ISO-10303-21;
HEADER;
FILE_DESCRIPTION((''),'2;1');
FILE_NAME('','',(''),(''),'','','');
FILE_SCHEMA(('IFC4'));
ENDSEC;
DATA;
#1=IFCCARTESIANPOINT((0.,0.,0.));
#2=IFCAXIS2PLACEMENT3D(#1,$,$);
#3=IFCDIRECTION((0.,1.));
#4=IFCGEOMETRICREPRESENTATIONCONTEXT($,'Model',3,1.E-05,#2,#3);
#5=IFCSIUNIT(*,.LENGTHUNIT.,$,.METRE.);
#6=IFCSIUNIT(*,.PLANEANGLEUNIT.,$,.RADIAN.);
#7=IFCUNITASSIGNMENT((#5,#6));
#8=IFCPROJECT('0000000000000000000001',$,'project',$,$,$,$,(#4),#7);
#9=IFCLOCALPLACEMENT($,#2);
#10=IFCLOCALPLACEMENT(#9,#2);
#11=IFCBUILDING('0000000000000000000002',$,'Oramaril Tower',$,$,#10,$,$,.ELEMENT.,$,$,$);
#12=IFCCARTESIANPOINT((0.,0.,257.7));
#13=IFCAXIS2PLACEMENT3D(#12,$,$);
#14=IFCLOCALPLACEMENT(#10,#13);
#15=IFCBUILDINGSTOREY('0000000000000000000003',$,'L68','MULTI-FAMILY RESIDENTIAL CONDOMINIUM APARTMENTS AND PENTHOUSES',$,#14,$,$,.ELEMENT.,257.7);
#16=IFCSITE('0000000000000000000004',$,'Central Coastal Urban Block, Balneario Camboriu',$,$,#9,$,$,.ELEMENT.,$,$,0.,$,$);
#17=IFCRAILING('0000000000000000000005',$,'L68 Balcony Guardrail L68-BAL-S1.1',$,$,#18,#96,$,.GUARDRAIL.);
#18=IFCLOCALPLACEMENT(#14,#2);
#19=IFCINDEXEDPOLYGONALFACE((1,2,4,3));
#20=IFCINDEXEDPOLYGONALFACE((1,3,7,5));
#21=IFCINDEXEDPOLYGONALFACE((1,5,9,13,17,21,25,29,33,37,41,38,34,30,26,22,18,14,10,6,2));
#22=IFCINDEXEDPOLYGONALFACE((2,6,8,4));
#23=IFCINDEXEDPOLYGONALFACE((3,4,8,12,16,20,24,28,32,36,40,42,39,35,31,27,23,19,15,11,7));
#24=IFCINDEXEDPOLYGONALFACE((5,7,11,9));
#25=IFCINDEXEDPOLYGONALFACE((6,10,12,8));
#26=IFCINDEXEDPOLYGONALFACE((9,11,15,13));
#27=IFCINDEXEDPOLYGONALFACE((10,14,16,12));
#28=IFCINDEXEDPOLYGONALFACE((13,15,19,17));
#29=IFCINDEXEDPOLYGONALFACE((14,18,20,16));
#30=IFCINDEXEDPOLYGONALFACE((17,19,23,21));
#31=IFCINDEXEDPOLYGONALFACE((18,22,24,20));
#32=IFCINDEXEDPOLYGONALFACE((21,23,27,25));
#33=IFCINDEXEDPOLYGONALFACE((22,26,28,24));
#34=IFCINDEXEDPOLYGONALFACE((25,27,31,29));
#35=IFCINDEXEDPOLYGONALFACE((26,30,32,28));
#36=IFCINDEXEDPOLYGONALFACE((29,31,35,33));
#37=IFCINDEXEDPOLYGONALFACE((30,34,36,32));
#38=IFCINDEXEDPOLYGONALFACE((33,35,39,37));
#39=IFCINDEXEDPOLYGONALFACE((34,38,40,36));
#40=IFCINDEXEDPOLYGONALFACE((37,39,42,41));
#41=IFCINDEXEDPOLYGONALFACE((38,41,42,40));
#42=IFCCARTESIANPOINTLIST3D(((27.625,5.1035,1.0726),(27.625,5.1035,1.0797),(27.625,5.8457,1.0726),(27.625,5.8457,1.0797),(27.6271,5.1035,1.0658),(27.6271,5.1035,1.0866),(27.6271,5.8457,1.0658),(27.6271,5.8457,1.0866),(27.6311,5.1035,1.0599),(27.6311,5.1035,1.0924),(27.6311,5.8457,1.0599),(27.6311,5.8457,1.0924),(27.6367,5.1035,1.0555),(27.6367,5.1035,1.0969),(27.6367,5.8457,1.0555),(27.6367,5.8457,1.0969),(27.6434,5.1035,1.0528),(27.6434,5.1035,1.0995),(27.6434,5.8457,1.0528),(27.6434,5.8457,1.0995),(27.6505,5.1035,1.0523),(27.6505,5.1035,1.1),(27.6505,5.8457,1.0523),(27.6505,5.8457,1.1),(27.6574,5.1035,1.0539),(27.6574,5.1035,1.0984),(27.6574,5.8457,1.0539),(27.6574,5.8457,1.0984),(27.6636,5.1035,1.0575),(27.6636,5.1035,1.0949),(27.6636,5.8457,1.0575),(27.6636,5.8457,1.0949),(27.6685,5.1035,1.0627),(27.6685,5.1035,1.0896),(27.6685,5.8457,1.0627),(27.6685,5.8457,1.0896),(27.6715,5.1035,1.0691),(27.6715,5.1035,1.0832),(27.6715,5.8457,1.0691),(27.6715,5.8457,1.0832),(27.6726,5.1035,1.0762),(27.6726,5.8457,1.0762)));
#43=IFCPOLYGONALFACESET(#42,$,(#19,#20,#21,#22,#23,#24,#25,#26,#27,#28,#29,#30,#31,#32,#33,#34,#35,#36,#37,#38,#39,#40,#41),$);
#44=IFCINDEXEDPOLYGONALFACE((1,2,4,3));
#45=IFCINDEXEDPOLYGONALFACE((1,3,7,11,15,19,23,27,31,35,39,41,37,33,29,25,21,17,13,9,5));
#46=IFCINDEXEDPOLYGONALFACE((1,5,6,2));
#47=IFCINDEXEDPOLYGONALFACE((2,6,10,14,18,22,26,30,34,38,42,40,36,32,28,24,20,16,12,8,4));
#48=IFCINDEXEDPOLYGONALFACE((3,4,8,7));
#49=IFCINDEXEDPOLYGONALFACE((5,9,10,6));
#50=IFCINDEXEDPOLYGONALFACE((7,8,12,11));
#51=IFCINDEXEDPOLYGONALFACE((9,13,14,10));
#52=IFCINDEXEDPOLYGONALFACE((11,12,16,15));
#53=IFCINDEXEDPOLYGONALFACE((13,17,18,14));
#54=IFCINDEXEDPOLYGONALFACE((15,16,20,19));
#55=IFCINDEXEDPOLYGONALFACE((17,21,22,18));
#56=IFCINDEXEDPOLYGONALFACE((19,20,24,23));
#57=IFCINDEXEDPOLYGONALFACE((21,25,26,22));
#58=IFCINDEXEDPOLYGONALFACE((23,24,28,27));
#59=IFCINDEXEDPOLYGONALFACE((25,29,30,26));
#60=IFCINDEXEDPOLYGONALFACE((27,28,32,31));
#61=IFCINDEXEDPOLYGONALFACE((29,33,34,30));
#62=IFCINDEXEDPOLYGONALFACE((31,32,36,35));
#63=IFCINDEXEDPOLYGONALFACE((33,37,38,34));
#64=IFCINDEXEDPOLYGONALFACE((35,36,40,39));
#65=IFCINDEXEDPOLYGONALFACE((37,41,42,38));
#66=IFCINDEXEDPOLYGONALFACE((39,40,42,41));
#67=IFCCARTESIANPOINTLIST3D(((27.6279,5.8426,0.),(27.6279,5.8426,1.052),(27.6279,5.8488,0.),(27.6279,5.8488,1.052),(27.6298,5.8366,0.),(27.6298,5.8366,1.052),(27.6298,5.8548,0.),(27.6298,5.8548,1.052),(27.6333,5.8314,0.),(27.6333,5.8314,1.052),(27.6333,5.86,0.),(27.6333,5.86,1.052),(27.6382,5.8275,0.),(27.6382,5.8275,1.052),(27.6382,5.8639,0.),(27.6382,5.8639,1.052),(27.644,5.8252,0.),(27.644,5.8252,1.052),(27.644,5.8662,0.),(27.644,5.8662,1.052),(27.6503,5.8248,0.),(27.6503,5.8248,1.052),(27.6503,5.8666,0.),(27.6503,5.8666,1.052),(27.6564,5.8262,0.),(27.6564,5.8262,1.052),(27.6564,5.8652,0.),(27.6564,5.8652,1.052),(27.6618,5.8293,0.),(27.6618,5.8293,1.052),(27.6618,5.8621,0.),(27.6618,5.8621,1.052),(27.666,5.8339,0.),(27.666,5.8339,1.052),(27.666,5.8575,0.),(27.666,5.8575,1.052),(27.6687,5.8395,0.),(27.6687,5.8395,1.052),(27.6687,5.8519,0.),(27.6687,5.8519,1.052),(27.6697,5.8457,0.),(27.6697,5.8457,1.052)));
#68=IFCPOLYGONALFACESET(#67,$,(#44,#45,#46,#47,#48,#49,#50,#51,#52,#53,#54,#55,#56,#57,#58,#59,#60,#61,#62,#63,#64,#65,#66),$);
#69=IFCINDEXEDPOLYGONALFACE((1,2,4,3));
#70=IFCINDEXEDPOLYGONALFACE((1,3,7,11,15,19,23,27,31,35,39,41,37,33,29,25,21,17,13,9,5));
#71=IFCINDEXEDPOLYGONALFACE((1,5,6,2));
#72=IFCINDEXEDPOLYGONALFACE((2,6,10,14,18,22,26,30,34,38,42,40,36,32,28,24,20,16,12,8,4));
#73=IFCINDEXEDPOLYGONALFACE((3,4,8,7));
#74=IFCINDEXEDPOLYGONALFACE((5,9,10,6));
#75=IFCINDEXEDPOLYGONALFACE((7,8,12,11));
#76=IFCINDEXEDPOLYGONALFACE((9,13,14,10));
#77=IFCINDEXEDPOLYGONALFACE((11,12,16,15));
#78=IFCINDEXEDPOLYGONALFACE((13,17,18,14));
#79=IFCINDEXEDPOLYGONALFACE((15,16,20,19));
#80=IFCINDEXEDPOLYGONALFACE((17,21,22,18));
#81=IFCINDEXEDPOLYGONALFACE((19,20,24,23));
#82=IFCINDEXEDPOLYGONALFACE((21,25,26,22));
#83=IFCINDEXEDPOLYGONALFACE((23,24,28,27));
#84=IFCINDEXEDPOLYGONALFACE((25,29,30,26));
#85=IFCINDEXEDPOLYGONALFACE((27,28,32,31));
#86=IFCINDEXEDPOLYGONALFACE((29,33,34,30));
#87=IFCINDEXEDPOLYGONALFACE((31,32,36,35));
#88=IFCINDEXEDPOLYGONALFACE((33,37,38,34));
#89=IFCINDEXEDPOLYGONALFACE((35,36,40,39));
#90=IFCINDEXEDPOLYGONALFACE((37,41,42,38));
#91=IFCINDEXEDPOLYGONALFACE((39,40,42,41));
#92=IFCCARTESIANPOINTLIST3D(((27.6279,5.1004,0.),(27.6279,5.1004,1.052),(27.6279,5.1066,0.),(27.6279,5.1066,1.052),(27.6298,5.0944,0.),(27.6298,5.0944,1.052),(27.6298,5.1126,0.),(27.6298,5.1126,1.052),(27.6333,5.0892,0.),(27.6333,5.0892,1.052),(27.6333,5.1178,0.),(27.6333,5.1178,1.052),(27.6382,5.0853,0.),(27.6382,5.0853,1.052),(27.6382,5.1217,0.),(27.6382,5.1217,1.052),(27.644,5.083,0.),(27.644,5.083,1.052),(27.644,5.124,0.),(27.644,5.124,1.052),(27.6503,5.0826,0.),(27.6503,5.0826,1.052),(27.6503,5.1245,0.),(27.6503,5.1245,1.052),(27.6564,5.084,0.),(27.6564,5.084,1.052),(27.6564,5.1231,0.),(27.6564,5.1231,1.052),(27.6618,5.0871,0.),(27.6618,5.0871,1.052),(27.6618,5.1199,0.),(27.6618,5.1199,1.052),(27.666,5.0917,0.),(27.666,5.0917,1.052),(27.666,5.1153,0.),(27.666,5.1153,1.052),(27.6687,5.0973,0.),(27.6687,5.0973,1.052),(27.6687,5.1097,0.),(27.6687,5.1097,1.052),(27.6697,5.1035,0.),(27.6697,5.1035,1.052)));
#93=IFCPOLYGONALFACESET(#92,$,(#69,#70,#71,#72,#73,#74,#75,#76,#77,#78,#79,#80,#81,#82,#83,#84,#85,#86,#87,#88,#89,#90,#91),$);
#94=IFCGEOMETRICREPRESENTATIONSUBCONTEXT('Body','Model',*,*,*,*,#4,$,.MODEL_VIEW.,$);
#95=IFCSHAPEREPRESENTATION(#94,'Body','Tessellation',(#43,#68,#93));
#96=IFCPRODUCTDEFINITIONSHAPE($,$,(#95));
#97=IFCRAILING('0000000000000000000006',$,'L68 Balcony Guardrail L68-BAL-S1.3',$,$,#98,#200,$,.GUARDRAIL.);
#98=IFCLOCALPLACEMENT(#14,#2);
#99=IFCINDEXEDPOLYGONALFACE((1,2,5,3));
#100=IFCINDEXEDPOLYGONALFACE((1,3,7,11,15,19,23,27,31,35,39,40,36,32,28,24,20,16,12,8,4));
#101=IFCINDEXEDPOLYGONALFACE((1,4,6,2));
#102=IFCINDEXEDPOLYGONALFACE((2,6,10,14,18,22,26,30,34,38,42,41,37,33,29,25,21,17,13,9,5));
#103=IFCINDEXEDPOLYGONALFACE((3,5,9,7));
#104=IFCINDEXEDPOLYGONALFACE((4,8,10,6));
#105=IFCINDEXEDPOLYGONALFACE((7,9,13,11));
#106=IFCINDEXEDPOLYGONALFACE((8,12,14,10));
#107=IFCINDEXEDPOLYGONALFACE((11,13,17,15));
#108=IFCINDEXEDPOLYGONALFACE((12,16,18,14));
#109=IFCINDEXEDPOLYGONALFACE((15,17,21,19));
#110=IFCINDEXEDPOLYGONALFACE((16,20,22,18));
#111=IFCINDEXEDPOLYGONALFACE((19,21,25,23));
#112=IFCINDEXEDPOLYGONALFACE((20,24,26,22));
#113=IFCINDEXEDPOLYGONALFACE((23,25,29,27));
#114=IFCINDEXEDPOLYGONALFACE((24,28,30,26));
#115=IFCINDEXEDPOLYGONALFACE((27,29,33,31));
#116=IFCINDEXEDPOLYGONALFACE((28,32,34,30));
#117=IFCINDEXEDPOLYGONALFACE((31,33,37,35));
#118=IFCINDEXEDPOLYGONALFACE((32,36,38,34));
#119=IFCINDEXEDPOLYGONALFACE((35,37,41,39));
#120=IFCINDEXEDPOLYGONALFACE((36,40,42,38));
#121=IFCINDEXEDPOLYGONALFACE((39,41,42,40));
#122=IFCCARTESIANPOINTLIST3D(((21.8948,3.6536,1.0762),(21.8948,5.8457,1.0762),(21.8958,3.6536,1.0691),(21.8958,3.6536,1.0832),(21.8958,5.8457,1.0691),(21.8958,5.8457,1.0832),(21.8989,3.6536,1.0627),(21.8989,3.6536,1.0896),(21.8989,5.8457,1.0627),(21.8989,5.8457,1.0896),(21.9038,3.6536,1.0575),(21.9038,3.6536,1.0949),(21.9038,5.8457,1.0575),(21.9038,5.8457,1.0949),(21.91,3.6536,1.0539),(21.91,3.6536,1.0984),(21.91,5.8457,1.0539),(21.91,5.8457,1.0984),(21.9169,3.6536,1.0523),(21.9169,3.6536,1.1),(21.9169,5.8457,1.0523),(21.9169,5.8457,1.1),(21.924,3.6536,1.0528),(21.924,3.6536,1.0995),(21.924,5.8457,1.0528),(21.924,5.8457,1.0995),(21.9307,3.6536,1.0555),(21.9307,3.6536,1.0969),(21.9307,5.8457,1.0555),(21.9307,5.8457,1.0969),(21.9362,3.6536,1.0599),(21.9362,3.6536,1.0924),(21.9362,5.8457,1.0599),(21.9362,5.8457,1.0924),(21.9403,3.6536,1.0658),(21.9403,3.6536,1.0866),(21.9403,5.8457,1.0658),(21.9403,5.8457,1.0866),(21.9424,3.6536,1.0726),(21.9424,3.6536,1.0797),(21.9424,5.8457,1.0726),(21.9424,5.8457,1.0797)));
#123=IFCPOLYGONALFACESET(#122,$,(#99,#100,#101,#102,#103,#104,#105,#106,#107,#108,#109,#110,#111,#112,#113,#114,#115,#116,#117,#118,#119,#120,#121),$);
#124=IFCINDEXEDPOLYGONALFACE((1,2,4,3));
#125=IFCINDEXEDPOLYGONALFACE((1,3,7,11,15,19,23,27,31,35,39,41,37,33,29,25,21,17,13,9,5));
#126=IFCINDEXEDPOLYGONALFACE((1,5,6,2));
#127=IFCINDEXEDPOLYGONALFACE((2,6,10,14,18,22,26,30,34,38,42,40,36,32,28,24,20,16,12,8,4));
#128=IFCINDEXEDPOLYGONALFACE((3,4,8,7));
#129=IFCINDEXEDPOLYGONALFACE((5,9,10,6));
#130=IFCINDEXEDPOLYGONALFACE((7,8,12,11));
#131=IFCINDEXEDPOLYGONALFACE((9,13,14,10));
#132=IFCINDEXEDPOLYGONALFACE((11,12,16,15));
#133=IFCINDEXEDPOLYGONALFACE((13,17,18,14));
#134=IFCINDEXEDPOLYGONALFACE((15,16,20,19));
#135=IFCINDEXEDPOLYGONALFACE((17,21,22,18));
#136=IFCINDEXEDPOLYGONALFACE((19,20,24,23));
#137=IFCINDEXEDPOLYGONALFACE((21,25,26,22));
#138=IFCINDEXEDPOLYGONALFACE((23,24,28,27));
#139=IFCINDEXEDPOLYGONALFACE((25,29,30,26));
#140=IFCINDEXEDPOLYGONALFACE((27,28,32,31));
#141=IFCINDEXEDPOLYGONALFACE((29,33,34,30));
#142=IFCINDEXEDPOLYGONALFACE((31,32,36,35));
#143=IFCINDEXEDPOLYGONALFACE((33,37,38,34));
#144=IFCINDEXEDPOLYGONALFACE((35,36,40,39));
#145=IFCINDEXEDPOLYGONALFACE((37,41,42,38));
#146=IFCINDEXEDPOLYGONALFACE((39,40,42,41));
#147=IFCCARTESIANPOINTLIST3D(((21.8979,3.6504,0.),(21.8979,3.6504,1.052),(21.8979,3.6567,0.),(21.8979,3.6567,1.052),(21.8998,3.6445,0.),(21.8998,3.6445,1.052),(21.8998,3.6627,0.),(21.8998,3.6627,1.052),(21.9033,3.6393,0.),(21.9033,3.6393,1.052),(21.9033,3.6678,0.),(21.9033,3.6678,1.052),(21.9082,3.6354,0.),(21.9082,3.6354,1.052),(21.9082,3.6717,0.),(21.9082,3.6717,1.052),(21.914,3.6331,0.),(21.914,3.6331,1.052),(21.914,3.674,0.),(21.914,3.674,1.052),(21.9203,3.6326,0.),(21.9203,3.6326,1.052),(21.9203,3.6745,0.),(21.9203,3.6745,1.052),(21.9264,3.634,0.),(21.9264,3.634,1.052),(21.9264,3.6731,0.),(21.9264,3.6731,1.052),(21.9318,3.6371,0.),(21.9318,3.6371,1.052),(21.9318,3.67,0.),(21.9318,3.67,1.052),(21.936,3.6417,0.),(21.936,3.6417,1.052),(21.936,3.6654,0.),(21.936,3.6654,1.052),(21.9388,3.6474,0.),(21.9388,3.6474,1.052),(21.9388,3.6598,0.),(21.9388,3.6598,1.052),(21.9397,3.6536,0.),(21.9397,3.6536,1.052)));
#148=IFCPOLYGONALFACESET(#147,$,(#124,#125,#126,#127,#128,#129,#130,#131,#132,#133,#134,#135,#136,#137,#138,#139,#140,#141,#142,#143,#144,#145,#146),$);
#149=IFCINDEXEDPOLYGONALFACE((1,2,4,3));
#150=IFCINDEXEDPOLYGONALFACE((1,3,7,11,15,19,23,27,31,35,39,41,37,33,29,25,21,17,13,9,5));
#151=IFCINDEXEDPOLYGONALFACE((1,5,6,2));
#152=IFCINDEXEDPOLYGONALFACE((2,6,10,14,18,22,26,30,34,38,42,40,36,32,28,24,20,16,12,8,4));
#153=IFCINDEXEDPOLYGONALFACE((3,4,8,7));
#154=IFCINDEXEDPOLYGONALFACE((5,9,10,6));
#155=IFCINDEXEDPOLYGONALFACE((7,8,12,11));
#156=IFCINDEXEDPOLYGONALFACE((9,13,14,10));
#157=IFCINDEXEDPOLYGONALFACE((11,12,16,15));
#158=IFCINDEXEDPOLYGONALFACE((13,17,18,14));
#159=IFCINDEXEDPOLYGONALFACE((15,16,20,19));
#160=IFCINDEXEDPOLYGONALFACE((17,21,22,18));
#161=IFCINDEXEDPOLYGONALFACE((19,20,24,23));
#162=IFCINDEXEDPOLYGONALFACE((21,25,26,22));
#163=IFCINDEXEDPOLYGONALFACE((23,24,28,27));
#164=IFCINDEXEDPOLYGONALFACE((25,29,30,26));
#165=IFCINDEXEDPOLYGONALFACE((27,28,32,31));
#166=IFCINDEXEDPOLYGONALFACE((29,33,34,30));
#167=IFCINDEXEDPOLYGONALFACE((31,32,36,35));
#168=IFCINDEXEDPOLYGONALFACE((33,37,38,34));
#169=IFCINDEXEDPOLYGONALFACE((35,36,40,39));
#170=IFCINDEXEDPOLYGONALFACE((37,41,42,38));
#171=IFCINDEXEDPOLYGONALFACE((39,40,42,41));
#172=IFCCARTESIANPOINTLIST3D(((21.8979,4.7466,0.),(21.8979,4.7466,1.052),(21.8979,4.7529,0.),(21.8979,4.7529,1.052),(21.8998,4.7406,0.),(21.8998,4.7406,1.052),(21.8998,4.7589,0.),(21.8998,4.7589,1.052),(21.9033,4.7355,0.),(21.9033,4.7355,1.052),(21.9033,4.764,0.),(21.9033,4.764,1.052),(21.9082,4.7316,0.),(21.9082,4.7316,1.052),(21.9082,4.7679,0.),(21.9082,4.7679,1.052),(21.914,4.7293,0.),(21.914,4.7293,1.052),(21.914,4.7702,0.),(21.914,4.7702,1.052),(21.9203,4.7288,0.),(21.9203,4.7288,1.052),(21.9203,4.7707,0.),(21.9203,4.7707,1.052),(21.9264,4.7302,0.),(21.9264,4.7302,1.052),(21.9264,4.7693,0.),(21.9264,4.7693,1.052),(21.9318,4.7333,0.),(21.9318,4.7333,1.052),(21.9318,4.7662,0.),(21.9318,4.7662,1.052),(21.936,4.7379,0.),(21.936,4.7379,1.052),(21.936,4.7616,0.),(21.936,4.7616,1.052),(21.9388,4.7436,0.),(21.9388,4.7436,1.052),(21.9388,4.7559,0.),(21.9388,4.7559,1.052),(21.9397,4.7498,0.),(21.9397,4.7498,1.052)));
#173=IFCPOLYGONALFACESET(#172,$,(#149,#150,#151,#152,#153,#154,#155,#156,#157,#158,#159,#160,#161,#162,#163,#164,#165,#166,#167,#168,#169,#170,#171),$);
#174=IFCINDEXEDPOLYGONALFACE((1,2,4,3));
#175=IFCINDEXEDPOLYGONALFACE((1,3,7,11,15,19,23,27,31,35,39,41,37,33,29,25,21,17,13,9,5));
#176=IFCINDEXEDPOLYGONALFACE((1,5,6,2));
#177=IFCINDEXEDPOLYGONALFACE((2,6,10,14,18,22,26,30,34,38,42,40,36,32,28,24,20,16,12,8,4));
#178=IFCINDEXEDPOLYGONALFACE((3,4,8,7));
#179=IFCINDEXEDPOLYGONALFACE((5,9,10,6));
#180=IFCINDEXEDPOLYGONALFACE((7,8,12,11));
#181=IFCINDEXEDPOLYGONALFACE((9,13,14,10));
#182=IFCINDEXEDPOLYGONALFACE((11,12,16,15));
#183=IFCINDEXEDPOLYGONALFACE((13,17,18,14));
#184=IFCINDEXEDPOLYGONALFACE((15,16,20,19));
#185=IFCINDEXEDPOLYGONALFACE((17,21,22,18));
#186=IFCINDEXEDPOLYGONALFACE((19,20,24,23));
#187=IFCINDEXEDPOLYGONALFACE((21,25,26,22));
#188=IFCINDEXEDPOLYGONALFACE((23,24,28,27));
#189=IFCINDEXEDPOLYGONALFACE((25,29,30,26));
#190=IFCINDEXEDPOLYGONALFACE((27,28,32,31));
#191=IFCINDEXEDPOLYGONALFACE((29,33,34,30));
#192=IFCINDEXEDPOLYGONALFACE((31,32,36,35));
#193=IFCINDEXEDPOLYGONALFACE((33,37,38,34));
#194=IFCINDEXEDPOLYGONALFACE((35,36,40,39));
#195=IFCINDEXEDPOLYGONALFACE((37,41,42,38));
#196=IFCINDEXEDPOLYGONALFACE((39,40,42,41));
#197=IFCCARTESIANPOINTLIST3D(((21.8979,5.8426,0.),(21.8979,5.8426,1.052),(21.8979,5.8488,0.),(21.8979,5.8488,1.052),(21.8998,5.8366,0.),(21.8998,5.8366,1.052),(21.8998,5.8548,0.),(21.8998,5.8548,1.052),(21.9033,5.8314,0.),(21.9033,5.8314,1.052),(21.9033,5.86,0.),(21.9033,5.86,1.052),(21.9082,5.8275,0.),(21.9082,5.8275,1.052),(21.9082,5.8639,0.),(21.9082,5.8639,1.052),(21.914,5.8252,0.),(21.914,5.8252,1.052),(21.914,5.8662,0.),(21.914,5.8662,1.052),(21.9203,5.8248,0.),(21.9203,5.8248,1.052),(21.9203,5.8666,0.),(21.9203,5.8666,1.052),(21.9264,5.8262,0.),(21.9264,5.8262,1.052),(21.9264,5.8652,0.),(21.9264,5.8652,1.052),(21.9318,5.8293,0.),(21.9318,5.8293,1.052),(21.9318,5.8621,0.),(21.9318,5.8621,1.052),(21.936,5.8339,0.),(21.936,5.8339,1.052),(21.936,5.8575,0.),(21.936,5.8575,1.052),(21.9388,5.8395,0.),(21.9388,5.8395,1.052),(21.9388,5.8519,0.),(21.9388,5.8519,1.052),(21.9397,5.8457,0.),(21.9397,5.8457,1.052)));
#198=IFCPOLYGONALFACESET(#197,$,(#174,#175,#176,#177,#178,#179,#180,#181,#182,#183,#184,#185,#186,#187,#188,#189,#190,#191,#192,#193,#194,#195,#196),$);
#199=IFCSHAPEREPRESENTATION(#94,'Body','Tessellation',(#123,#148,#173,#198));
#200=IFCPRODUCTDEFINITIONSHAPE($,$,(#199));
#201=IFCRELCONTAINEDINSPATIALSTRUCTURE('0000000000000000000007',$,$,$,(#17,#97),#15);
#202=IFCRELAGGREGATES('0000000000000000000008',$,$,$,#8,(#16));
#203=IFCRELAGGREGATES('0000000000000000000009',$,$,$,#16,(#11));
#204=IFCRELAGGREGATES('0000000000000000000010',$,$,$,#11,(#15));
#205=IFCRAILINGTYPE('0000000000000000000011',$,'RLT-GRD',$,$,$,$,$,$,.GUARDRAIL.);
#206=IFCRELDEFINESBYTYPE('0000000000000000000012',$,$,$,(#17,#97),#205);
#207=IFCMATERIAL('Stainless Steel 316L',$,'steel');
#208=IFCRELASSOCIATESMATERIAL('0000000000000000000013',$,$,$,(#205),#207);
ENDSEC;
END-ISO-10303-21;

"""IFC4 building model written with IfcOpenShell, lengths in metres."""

from ifc_helpers import new_model, si_unit, direction, frame, origin, origin_2d, place, context, subcontext, project, spatial, circle, extrude, material, type_object, element, save


model = new_model("IFC4")

# Units and contexts
model_context = context("Model", 3, precision=1e-05, world=origin(), true_north=direction((0.0, 1.0)))
body_context = subcontext(model_context, "Body", "Model", "MODEL_VIEW")
ifc_project = project(units=[si_unit("LENGTHUNIT", "METRE"), si_unit("PLANEANGLEUNIT", "RADIAN")], contexts=[model_context])

# Site, building, storey
site_placement = place(None, origin())
site = spatial("IfcSite", under=ifc_project, at=site_placement, Name="Central Coastal Urban Block, Balneario Camboriu", CompositionType="ELEMENT", RefElevation=0.0)
building_placement = place(site_placement, origin())
building = spatial("IfcBuilding", under=site, at=building_placement, Name="Oramaril Tower", CompositionType="ELEMENT")
storey_placement = place(building_placement, frame((0.0, 0.0, 257.7)))
storey = spatial("IfcBuildingStorey", under=building, at=storey_placement, Name="L68", Description="MULTI-FAMILY RESIDENTIAL CONDOMINIUM APARTMENTS AND PENTHOUSES", CompositionType="ELEMENT", Elevation=257.7)

# Railings
ifc_material_1 = material(Name="Stainless Steel 316L", Category="steel")
railing_type = type_object("IfcRailingType", Name="RLT-GRD", PredefinedType="GUARDRAIL", material=ifc_material_1)
railing_1_placement = place(storey_placement, frame((27.6487, 5.8457, 0.0)))
element("IfcRailing", 1, at=railing_1_placement, inside=storey, type_object=railing_type, Name="L68 Balcony Guardrail L68-BAL-S1.1", PredefinedType="GUARDRAIL", context=body_context, shape_type="SweptSolid", body=[
    extrude(circle(Radius=0.0239, at=origin_2d()), frame((0.0, 0.0, 1.0762), z_axis=(0.0, -1.0, 0.0), x_axis=(1.0, 0.0, 0.0)), (0.0, 0.0, 1.0), 0.7422),
    extrude(circle(Radius=0.021, at=origin_2d()), origin(), (0.0, 0.0, 1.0), 1.052),
    extrude(circle(Radius=0.021, at=origin_2d()), frame((0.0, -0.7422, 0.0)), (0.0, 0.0, 1.0), 1.052),
])
railing_2_placement = place(storey_placement, frame((21.9187, 3.6536, 0.0)))
element("IfcRailing", 2, at=railing_2_placement, inside=storey, type_object=railing_type, Name="L68 Balcony Guardrail L68-BAL-S1.3", PredefinedType="GUARDRAIL", context=body_context, shape_type="SweptSolid", body=[
    extrude(circle(Radius=0.0239, at=origin_2d()), frame((0.0, 0.0, 1.0762), z_axis=(0.0, 1.0, 0.0), x_axis=(-1.0, 0.0, 0.0)), (0.0, 0.0, 1.0), 2.1921),
    extrude(circle(Radius=0.021, at=origin_2d()), origin(), (0.0, 0.0, 1.0), 1.052),
    extrude(circle(Radius=0.021, at=origin_2d()), frame((0.0, 1.0962, 0.0)), (0.0, 0.0, 1.0), 1.052),
    extrude(circle(Radius=0.021, at=origin_2d()), frame((0.0, 2.1921, 0.0)), (0.0, 0.0, 1.0), 1.052),
])

save(model, "model.ifc")
